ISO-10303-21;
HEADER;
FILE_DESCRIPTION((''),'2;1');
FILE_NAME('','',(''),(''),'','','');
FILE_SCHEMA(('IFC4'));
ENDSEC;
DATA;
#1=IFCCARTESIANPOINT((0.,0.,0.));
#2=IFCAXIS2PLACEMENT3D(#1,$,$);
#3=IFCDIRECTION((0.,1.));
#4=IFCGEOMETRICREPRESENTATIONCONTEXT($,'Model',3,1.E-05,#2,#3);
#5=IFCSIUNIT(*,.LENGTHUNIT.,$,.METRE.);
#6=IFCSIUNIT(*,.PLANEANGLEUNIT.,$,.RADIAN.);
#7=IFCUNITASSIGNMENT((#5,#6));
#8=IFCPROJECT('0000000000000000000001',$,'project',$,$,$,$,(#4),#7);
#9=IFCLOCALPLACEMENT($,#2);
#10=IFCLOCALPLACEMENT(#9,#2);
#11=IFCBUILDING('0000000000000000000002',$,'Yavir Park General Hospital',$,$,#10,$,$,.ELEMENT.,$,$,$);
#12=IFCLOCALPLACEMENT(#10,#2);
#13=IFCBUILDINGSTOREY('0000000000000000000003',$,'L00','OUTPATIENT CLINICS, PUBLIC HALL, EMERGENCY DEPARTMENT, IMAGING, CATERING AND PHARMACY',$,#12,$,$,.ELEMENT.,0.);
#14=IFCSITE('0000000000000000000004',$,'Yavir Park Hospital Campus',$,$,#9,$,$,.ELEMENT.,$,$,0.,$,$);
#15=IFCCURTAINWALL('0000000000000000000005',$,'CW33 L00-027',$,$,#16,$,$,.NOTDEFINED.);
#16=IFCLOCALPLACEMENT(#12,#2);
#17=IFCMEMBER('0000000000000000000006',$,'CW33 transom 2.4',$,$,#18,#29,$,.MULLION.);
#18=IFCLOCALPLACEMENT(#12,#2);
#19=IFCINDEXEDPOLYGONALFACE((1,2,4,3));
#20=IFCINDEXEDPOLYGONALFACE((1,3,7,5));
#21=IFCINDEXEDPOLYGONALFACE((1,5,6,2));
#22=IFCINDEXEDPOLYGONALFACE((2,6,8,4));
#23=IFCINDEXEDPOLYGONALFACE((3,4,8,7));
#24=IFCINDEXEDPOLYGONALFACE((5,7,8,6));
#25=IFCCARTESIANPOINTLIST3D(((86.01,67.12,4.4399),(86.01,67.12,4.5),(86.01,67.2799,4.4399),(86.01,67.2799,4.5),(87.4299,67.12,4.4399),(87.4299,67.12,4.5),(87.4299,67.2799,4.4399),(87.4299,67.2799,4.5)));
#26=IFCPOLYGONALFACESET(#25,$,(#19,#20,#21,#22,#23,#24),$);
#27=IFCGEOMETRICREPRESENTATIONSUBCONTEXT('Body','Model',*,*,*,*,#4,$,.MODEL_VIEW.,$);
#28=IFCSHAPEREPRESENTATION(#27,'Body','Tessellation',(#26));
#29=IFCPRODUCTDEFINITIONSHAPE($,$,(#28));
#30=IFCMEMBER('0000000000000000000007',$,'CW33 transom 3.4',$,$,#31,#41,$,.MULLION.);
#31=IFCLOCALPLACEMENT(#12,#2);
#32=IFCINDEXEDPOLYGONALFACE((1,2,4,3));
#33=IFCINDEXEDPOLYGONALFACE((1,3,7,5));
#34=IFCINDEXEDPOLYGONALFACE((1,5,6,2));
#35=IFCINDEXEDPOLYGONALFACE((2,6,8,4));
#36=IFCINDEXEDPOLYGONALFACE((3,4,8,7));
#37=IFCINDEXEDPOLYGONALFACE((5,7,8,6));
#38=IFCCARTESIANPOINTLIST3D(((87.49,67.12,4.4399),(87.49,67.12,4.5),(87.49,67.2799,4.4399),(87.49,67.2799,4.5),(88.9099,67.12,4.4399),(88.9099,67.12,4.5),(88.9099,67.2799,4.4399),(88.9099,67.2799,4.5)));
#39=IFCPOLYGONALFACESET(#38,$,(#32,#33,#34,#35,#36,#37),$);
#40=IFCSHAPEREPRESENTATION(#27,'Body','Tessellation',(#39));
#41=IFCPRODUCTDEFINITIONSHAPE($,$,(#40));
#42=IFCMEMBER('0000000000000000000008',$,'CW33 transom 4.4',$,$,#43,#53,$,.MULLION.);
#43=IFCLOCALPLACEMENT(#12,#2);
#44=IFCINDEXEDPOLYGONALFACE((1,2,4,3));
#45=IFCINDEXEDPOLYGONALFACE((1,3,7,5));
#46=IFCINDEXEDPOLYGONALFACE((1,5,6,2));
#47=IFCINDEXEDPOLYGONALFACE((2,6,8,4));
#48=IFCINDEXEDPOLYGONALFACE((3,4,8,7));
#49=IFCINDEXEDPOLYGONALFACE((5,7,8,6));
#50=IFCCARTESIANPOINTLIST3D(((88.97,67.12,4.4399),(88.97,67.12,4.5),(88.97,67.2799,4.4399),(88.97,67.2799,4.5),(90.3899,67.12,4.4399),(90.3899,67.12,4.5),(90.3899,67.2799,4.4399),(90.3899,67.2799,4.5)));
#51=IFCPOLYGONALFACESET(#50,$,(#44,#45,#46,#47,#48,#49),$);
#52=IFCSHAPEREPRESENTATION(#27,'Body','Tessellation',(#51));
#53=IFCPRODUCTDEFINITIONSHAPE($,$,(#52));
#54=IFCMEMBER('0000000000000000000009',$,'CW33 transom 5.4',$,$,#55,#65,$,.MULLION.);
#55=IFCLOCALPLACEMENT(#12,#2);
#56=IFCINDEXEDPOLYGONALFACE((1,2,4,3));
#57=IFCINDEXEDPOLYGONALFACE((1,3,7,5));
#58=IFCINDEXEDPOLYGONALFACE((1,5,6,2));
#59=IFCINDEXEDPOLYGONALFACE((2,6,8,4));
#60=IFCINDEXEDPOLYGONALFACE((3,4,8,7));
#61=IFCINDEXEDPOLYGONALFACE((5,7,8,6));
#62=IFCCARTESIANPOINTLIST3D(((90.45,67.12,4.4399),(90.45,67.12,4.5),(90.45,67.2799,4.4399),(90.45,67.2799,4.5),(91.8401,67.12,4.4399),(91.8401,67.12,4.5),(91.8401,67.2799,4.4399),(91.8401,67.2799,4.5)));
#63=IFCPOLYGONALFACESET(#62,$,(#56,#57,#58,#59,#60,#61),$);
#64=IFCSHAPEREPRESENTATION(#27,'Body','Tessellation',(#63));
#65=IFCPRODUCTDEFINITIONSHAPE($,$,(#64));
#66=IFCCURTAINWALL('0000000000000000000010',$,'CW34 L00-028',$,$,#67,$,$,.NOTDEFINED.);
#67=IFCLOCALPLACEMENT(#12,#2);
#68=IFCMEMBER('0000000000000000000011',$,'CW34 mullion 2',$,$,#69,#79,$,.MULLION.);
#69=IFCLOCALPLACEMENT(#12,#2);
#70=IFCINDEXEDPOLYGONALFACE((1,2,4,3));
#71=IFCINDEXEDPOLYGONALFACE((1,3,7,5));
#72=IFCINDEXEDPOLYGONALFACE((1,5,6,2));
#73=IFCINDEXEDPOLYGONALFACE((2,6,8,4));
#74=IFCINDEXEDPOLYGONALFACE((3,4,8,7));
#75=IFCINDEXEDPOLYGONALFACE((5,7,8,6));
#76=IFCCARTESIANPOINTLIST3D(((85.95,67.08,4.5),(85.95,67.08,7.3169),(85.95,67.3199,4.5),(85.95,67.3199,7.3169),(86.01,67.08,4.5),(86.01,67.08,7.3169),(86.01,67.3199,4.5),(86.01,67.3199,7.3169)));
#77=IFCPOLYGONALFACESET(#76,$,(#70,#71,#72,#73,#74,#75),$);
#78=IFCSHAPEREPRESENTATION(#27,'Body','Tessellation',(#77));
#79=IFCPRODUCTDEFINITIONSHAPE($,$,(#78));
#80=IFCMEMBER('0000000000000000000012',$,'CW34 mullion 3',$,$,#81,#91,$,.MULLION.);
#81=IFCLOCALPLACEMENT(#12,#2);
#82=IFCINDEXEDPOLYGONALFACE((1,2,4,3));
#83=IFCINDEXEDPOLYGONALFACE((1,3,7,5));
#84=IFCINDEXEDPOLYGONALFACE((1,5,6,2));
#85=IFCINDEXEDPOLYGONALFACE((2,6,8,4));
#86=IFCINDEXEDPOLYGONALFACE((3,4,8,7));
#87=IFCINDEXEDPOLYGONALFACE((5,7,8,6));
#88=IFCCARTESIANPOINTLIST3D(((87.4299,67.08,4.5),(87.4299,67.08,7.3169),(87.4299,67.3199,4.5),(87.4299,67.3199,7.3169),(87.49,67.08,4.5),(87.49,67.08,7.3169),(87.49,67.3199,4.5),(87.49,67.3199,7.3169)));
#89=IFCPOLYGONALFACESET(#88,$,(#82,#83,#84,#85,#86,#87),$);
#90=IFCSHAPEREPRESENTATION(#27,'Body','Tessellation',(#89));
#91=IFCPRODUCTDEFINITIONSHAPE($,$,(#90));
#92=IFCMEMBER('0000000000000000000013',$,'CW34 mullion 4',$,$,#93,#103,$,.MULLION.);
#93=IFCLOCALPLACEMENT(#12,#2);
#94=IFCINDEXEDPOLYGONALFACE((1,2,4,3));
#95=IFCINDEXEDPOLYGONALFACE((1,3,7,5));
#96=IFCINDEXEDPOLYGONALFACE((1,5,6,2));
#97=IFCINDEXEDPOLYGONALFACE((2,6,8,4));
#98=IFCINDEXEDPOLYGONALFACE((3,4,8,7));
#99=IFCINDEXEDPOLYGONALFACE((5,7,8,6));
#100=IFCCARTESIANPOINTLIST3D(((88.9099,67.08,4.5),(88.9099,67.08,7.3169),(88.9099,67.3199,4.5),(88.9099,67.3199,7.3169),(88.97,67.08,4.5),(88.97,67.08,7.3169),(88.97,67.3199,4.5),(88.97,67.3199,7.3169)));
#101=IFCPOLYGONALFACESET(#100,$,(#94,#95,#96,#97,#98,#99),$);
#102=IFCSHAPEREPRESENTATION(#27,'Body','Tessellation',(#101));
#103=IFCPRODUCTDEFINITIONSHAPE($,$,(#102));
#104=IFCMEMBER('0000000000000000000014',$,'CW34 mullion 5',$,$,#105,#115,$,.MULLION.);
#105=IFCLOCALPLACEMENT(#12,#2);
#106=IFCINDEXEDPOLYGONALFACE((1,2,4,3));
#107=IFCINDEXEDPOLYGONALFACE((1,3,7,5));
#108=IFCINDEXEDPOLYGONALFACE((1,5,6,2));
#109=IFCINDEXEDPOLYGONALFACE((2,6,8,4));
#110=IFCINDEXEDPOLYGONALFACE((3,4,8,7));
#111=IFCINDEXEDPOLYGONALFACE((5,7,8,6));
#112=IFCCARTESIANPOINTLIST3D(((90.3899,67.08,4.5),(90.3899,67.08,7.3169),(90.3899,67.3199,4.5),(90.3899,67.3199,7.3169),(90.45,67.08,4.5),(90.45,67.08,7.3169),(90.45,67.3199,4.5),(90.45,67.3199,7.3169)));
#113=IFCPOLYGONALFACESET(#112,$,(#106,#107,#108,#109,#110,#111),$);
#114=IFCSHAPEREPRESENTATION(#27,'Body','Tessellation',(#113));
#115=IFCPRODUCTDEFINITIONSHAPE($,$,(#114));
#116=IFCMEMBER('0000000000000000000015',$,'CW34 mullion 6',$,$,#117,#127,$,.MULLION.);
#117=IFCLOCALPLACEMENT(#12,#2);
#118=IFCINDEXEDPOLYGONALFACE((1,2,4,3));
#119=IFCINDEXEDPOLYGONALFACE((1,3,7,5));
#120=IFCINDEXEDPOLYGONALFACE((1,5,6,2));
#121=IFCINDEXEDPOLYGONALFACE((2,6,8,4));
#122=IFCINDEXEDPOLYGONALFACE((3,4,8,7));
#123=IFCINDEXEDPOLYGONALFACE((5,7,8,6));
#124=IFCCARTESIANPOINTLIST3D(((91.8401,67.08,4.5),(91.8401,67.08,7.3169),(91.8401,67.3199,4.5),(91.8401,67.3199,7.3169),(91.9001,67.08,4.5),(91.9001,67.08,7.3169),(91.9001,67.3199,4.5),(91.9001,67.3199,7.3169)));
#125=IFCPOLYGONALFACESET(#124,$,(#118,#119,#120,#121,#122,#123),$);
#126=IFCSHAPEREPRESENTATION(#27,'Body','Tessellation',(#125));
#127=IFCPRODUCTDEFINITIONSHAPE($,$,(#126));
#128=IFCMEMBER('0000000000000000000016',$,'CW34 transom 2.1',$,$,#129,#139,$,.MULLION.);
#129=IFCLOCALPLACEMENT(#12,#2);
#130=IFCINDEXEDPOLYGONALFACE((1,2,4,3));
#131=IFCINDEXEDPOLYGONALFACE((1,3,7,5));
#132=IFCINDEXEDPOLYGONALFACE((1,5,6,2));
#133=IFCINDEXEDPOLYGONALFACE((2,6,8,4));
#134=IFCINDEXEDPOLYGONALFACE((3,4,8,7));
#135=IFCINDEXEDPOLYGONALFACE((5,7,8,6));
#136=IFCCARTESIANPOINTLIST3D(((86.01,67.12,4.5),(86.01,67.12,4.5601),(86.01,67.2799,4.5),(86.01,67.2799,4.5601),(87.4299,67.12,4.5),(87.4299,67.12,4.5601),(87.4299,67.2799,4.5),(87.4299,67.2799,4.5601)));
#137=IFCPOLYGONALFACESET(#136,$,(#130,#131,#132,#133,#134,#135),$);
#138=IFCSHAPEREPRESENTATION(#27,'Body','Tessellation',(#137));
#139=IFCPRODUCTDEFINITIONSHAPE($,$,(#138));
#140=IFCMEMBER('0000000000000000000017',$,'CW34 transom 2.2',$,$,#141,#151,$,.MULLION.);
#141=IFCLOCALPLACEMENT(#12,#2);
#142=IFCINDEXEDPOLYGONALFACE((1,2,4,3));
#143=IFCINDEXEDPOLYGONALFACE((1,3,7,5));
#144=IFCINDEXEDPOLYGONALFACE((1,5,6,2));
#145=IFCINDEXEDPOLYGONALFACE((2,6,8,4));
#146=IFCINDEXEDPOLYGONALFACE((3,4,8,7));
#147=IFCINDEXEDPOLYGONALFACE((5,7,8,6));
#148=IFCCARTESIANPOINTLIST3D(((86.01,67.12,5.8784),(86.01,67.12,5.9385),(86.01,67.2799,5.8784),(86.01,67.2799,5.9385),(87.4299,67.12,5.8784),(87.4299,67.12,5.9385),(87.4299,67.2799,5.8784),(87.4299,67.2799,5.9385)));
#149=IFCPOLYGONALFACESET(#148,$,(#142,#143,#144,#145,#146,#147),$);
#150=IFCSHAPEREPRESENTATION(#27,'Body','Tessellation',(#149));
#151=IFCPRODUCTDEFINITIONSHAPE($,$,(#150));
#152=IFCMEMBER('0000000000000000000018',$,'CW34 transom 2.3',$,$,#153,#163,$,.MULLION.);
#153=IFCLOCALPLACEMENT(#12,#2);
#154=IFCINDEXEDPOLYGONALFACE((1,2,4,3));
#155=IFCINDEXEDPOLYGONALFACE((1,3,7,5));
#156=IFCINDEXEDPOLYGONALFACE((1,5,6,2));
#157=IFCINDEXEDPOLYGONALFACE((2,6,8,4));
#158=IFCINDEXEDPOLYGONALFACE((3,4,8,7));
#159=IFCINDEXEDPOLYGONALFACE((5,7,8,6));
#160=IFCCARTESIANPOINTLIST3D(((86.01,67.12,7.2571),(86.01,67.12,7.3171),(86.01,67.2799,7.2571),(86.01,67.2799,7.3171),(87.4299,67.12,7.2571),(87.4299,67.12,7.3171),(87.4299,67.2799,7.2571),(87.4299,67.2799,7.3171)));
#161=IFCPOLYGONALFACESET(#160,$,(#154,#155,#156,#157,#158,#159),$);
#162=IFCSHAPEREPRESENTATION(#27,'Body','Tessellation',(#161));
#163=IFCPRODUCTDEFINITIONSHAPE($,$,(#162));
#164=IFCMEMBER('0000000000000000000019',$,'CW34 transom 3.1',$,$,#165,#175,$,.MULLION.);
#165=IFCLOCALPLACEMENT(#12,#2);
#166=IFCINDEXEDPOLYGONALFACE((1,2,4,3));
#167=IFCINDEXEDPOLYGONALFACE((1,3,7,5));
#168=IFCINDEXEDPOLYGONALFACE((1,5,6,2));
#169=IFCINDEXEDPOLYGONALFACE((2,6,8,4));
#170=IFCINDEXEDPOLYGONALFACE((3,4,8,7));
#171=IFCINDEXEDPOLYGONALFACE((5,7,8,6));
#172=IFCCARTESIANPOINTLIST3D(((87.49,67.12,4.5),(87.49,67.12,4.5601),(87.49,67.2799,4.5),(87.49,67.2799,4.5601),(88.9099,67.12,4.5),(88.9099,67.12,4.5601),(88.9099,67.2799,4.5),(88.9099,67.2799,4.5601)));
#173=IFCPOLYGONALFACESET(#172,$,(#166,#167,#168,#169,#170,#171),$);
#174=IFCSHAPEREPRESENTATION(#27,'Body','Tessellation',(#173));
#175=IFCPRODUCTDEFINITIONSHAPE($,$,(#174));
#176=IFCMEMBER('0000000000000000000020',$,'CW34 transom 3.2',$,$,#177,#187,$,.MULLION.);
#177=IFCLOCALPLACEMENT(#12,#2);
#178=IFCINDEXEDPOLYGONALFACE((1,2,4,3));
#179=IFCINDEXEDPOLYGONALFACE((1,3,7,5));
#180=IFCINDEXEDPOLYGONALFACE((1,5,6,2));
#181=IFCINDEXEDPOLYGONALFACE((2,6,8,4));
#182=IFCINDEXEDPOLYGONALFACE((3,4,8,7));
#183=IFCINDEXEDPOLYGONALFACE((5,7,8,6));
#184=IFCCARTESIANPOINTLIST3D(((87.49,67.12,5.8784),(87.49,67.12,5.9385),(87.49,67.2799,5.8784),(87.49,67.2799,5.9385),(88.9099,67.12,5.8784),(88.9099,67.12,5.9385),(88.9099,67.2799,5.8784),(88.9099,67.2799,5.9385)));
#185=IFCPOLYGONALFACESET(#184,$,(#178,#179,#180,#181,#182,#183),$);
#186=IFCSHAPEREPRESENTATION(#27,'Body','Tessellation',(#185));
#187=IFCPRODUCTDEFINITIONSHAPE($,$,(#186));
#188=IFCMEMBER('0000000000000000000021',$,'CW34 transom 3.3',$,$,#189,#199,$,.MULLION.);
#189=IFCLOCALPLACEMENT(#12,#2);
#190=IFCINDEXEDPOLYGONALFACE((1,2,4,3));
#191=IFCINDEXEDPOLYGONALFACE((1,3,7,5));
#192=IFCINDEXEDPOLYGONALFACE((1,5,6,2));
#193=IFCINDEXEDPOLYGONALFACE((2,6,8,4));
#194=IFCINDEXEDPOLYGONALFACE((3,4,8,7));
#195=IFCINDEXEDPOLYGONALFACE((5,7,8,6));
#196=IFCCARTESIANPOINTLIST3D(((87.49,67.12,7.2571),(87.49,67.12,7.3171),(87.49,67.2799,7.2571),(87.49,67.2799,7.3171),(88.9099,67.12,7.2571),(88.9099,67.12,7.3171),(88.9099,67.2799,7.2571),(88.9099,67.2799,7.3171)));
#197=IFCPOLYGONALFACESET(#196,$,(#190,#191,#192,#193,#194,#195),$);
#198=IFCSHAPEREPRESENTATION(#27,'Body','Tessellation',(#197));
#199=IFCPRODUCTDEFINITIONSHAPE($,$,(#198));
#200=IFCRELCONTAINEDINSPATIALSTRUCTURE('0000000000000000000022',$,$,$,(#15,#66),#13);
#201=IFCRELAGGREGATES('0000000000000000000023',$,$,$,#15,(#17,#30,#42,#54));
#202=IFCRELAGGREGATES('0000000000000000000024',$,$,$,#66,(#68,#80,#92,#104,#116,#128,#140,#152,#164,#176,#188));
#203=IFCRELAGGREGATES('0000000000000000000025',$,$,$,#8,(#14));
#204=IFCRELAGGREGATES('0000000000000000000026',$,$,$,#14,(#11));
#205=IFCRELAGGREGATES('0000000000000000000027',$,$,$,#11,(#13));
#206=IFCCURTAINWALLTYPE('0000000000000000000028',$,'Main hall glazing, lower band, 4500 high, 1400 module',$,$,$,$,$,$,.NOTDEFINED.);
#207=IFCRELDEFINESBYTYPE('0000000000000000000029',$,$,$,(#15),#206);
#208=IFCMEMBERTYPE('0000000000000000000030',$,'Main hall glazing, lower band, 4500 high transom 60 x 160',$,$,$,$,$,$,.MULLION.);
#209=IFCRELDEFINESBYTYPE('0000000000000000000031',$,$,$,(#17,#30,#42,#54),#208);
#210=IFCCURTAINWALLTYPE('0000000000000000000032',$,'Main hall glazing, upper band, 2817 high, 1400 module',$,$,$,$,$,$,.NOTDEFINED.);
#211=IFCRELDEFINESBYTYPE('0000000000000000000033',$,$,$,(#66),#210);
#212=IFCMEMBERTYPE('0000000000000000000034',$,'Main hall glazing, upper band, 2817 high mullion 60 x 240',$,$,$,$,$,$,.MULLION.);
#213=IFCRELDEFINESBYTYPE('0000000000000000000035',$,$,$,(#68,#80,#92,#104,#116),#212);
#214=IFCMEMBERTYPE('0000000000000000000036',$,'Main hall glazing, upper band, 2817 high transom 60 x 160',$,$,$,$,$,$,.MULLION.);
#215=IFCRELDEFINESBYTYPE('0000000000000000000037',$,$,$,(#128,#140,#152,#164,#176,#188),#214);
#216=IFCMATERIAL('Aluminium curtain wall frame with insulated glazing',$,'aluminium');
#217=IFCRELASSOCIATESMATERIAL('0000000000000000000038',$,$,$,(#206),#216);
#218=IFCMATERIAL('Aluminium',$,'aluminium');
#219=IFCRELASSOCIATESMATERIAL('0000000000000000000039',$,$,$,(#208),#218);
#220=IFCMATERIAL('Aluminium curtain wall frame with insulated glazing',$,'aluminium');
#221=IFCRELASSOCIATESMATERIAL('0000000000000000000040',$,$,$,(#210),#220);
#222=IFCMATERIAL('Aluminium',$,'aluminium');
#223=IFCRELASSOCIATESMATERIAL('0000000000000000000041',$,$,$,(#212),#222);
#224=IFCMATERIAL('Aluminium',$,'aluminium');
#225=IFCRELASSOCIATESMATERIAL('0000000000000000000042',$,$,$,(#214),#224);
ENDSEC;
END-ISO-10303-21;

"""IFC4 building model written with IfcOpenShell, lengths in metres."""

from ifc_helpers import new_model, si_unit, direction, frame, origin, origin_2d, place, context, subcontext, project, spatial, rectangle, extrude, material, material_profile, profile_set, type_object, element, aggregate, save


model = new_model("IFC4")

# Units and contexts
model_context = context("Model", 3, precision=1e-05, world=origin(), true_north=direction((0.0, 1.0)))
body_context = subcontext(model_context, "Body", "Model", "MODEL_VIEW")
ifc_project = project(units=[si_unit("LENGTHUNIT", "METRE"), si_unit("PLANEANGLEUNIT", "RADIAN")], contexts=[model_context])

# Site, building, storey
site_placement = place(None, origin())
site = spatial("IfcSite", under=ifc_project, at=site_placement, Name="Yavir Park Hospital Campus", CompositionType="ELEMENT", RefElevation=0.0)
building_placement = place(site_placement, origin())
building = spatial("IfcBuilding", under=site, at=building_placement, Name="Yavir Park General Hospital", CompositionType="ELEMENT")
storey_placement = place(building_placement, origin())
storey = spatial("IfcBuildingStorey", under=building, at=storey_placement, Name="L00", Description="OUTPATIENT CLINICS, PUBLIC HALL, EMERGENCY DEPARTMENT, IMAGING, CATERING AND PHARMACY", CompositionType="ELEMENT", Elevation=0.0)

# Curtain walls, members
ifc_material_1 = material(Name="Aluminium curtain wall frame with insulated glazing", Category="aluminium")
curtain_wall_type_1 = type_object("IfcCurtainWallType", Name="Main hall glazing, lower band, 4500 high, 1400 module", PredefinedType="NOTDEFINED", material=ifc_material_1)
curtain_wall_1_placement = place(storey_placement, origin())
curtain_wall_1 = element("IfcCurtainWall", 1, at=curtain_wall_1_placement, inside=storey, type_object=curtain_wall_type_1, Name="CW33 L00-027", PredefinedType="NOTDEFINED")
ifc_material_2 = material(Name="Aluminium", Category="aluminium")
ifc_material_profile_1 = material_profile(ifc_material_2, rectangle(XDim=0.1599, YDim=0.0601, at=origin_2d()), Name="AL 160x60")
ifc_profile_set_1 = profile_set([ifc_material_profile_1], Name="Aluminium")
member_type_1 = type_object("IfcMemberType", Name="Main hall glazing, lower band, 4500 high transom 60 x 160", PredefinedType="MULLION", material=ifc_profile_set_1)
member_1_placement = place(storey_placement, frame((86.01, 67.2, 4.47), z_axis=(1.0, 0.0, 0.0), x_axis=(0.0, 1.0, 0.0)))
member_1 = element("IfcMember", 2, at=member_1_placement, type_object=member_type_1, Name="CW33 transom 2.4", PredefinedType="MULLION", context=body_context, shape_type="SweptSolid", body=[
    extrude(rectangle(XDim=0.1599, YDim=0.0601, at=origin_2d()), origin(), (0.0, 0.0, 1.0), 1.4199),
])
member_2_placement = place(storey_placement, frame((87.49, 67.2, 4.47), z_axis=(1.0, 0.0, 0.0), x_axis=(0.0, 1.0, 0.0)))
member_2 = element("IfcMember", 3, at=member_2_placement, type_object=member_type_1, Name="CW33 transom 3.4", PredefinedType="MULLION", context=body_context, shape_type="SweptSolid", body=[
    extrude(rectangle(XDim=0.1599, YDim=0.0601, at=origin_2d()), origin(), (0.0, 0.0, 1.0), 1.4199),
])
member_3_placement = place(storey_placement, frame((88.97, 67.2, 4.47), z_axis=(1.0, 0.0, 0.0), x_axis=(0.0, 1.0, 0.0)))
member_3 = element("IfcMember", 4, at=member_3_placement, type_object=member_type_1, Name="CW33 transom 4.4", PredefinedType="MULLION", context=body_context, shape_type="SweptSolid", body=[
    extrude(rectangle(XDim=0.1599, YDim=0.0601, at=origin_2d()), origin(), (0.0, 0.0, 1.0), 1.4199),
])
member_4_placement = place(storey_placement, frame((90.45, 67.2, 4.47), z_axis=(1.0, 0.0, 0.0), x_axis=(0.0, 1.0, 0.0)))
member_4 = element("IfcMember", 5, at=member_4_placement, type_object=member_type_1, Name="CW33 transom 5.4", PredefinedType="MULLION", context=body_context, shape_type="SweptSolid", body=[
    extrude(rectangle(XDim=0.1599, YDim=0.0601, at=origin_2d()), origin(), (0.0, 0.0, 1.0), 1.3901),
])
ifc_material_3 = material(Name="Aluminium curtain wall frame with insulated glazing", Category="aluminium")
curtain_wall_type_2 = type_object("IfcCurtainWallType", Name="Main hall glazing, upper band, 2817 high, 1400 module", PredefinedType="NOTDEFINED", material=ifc_material_3)
curtain_wall_2_placement = place(storey_placement, origin())
curtain_wall_2 = element("IfcCurtainWall", 6, at=curtain_wall_2_placement, inside=storey, type_object=curtain_wall_type_2, Name="CW34 L00-028", PredefinedType="NOTDEFINED")
ifc_material_4 = material(Name="Aluminium", Category="aluminium")
ifc_material_profile_2 = material_profile(ifc_material_4, rectangle(XDim=0.24, YDim=0.0601, at=origin_2d()), Name="AL 60x240")
ifc_profile_set_2 = profile_set([ifc_material_profile_2], Name="Aluminium")
member_type_2 = type_object("IfcMemberType", Name="Main hall glazing, upper band, 2817 high mullion 60 x 240", PredefinedType="MULLION", material=ifc_profile_set_2)
member_5_placement = place(storey_placement, frame((85.98, 67.2, 4.5), z_axis=(0.0, 0.0, 1.0), x_axis=(0.0, 1.0, 0.0)))
member_5 = element("IfcMember", 7, at=member_5_placement, type_object=member_type_2, Name="CW34 mullion 2", PredefinedType="MULLION", context=body_context, shape_type="SweptSolid", body=[
    extrude(rectangle(XDim=0.24, YDim=0.0601, at=origin_2d()), origin(), (0.0, 0.0, 1.0), 2.8169),
])
member_6_placement = place(storey_placement, frame((87.46, 67.2, 4.5), z_axis=(0.0, 0.0, 1.0), x_axis=(0.0, 1.0, 0.0)))
member_6 = element("IfcMember", 8, at=member_6_placement, type_object=member_type_2, Name="CW34 mullion 3", PredefinedType="MULLION", context=body_context, shape_type="SweptSolid", body=[
    extrude(rectangle(XDim=0.24, YDim=0.0601, at=origin_2d()), origin(), (0.0, 0.0, 1.0), 2.8169),
])
member_7_placement = place(storey_placement, frame((88.9399, 67.2, 4.5), z_axis=(0.0, 0.0, 1.0), x_axis=(0.0, 1.0, 0.0)))
member_7 = element("IfcMember", 9, at=member_7_placement, type_object=member_type_2, Name="CW34 mullion 4", PredefinedType="MULLION", context=body_context, shape_type="SweptSolid", body=[
    extrude(rectangle(XDim=0.24, YDim=0.0601, at=origin_2d()), origin(), (0.0, 0.0, 1.0), 2.8169),
])
member_8_placement = place(storey_placement, frame((90.4199, 67.2, 4.5), z_axis=(0.0, 0.0, 1.0), x_axis=(0.0, 1.0, 0.0)))
member_8 = element("IfcMember", 10, at=member_8_placement, type_object=member_type_2, Name="CW34 mullion 5", PredefinedType="MULLION", context=body_context, shape_type="SweptSolid", body=[
    extrude(rectangle(XDim=0.24, YDim=0.0601, at=origin_2d()), origin(), (0.0, 0.0, 1.0), 2.8169),
])
member_9_placement = place(storey_placement, frame((91.8701, 67.2, 4.5), z_axis=(0.0, 0.0, 1.0), x_axis=(0.0, 1.0, 0.0)))
member_9 = element("IfcMember", 11, at=member_9_placement, type_object=member_type_2, Name="CW34 mullion 6", PredefinedType="MULLION", context=body_context, shape_type="SweptSolid", body=[
    extrude(rectangle(XDim=0.24, YDim=0.0601, at=origin_2d()), origin(), (0.0, 0.0, 1.0), 2.8169),
])
ifc_material_5 = material(Name="Aluminium", Category="aluminium")
ifc_material_profile_3 = material_profile(ifc_material_5, rectangle(XDim=0.1599, YDim=0.0601, at=origin_2d()), Name="AL 160x60")
ifc_profile_set_3 = profile_set([ifc_material_profile_3], Name="Aluminium")
member_type_3 = type_object("IfcMemberType", Name="Main hall glazing, upper band, 2817 high transom 60 x 160", PredefinedType="MULLION", material=ifc_profile_set_3)
member_10_placement = place(storey_placement, frame((86.01, 67.2, 4.53), z_axis=(1.0, 0.0, 0.0), x_axis=(0.0, 1.0, 0.0)))
member_10 = element("IfcMember", 12, at=member_10_placement, type_object=member_type_3, Name="CW34 transom 2.1", PredefinedType="MULLION", context=body_context, shape_type="SweptSolid", body=[
    extrude(rectangle(XDim=0.1599, YDim=0.0601, at=origin_2d()), origin(), (0.0, 0.0, 1.0), 1.4199),
])
member_11_placement = place(storey_placement, frame((86.01, 67.2, 5.9084), z_axis=(1.0, 0.0, 0.0), x_axis=(0.0, 1.0, 0.0)))
member_11 = element("IfcMember", 13, at=member_11_placement, type_object=member_type_3, Name="CW34 transom 2.2", PredefinedType="MULLION", context=body_context, shape_type="SweptSolid", body=[
    extrude(rectangle(XDim=0.1599, YDim=0.0601, at=origin_2d()), origin(), (0.0, 0.0, 1.0), 1.4199),
])
member_12_placement = place(storey_placement, frame((86.01, 67.2, 7.2871), z_axis=(1.0, 0.0, 0.0), x_axis=(0.0, 1.0, 0.0)))
member_12 = element("IfcMember", 14, at=member_12_placement, type_object=member_type_3, Name="CW34 transom 2.3", PredefinedType="MULLION", context=body_context, shape_type="SweptSolid", body=[
    extrude(rectangle(XDim=0.1599, YDim=0.0601, at=origin_2d()), origin(), (0.0, 0.0, 1.0), 1.4199),
])
member_13_placement = place(storey_placement, frame((87.49, 67.2, 4.53), z_axis=(1.0, 0.0, 0.0), x_axis=(0.0, 1.0, 0.0)))
member_13 = element("IfcMember", 15, at=member_13_placement, type_object=member_type_3, Name="CW34 transom 3.1", PredefinedType="MULLION", context=body_context, shape_type="SweptSolid", body=[
    extrude(rectangle(XDim=0.1599, YDim=0.0601, at=origin_2d()), origin(), (0.0, 0.0, 1.0), 1.4199),
])
member_14_placement = place(storey_placement, frame((87.49, 67.2, 5.9084), z_axis=(1.0, 0.0, 0.0), x_axis=(0.0, 1.0, 0.0)))
member_14 = element("IfcMember", 16, at=member_14_placement, type_object=member_type_3, Name="CW34 transom 3.2", PredefinedType="MULLION", context=body_context, shape_type="SweptSolid", body=[
    extrude(rectangle(XDim=0.1599, YDim=0.0601, at=origin_2d()), origin(), (0.0, 0.0, 1.0), 1.4199),
])
member_15_placement = place(storey_placement, frame((87.49, 67.2, 7.2871), z_axis=(1.0, 0.0, 0.0), x_axis=(0.0, 1.0, 0.0)))
member_15 = element("IfcMember", 17, at=member_15_placement, type_object=member_type_3, Name="CW34 transom 3.3", PredefinedType="MULLION", context=body_context, shape_type="SweptSolid", body=[
    extrude(rectangle(XDim=0.1599, YDim=0.0601, at=origin_2d()), origin(), (0.0, 0.0, 1.0), 1.4199),
])

aggregate(curtain_wall_1, [member_1, member_2, member_3, member_4])
aggregate(curtain_wall_2, [member_5, member_6, member_7, member_8, member_9, member_10, member_11, member_12, member_13, member_14, member_15])

save(model, "model.ifc")
